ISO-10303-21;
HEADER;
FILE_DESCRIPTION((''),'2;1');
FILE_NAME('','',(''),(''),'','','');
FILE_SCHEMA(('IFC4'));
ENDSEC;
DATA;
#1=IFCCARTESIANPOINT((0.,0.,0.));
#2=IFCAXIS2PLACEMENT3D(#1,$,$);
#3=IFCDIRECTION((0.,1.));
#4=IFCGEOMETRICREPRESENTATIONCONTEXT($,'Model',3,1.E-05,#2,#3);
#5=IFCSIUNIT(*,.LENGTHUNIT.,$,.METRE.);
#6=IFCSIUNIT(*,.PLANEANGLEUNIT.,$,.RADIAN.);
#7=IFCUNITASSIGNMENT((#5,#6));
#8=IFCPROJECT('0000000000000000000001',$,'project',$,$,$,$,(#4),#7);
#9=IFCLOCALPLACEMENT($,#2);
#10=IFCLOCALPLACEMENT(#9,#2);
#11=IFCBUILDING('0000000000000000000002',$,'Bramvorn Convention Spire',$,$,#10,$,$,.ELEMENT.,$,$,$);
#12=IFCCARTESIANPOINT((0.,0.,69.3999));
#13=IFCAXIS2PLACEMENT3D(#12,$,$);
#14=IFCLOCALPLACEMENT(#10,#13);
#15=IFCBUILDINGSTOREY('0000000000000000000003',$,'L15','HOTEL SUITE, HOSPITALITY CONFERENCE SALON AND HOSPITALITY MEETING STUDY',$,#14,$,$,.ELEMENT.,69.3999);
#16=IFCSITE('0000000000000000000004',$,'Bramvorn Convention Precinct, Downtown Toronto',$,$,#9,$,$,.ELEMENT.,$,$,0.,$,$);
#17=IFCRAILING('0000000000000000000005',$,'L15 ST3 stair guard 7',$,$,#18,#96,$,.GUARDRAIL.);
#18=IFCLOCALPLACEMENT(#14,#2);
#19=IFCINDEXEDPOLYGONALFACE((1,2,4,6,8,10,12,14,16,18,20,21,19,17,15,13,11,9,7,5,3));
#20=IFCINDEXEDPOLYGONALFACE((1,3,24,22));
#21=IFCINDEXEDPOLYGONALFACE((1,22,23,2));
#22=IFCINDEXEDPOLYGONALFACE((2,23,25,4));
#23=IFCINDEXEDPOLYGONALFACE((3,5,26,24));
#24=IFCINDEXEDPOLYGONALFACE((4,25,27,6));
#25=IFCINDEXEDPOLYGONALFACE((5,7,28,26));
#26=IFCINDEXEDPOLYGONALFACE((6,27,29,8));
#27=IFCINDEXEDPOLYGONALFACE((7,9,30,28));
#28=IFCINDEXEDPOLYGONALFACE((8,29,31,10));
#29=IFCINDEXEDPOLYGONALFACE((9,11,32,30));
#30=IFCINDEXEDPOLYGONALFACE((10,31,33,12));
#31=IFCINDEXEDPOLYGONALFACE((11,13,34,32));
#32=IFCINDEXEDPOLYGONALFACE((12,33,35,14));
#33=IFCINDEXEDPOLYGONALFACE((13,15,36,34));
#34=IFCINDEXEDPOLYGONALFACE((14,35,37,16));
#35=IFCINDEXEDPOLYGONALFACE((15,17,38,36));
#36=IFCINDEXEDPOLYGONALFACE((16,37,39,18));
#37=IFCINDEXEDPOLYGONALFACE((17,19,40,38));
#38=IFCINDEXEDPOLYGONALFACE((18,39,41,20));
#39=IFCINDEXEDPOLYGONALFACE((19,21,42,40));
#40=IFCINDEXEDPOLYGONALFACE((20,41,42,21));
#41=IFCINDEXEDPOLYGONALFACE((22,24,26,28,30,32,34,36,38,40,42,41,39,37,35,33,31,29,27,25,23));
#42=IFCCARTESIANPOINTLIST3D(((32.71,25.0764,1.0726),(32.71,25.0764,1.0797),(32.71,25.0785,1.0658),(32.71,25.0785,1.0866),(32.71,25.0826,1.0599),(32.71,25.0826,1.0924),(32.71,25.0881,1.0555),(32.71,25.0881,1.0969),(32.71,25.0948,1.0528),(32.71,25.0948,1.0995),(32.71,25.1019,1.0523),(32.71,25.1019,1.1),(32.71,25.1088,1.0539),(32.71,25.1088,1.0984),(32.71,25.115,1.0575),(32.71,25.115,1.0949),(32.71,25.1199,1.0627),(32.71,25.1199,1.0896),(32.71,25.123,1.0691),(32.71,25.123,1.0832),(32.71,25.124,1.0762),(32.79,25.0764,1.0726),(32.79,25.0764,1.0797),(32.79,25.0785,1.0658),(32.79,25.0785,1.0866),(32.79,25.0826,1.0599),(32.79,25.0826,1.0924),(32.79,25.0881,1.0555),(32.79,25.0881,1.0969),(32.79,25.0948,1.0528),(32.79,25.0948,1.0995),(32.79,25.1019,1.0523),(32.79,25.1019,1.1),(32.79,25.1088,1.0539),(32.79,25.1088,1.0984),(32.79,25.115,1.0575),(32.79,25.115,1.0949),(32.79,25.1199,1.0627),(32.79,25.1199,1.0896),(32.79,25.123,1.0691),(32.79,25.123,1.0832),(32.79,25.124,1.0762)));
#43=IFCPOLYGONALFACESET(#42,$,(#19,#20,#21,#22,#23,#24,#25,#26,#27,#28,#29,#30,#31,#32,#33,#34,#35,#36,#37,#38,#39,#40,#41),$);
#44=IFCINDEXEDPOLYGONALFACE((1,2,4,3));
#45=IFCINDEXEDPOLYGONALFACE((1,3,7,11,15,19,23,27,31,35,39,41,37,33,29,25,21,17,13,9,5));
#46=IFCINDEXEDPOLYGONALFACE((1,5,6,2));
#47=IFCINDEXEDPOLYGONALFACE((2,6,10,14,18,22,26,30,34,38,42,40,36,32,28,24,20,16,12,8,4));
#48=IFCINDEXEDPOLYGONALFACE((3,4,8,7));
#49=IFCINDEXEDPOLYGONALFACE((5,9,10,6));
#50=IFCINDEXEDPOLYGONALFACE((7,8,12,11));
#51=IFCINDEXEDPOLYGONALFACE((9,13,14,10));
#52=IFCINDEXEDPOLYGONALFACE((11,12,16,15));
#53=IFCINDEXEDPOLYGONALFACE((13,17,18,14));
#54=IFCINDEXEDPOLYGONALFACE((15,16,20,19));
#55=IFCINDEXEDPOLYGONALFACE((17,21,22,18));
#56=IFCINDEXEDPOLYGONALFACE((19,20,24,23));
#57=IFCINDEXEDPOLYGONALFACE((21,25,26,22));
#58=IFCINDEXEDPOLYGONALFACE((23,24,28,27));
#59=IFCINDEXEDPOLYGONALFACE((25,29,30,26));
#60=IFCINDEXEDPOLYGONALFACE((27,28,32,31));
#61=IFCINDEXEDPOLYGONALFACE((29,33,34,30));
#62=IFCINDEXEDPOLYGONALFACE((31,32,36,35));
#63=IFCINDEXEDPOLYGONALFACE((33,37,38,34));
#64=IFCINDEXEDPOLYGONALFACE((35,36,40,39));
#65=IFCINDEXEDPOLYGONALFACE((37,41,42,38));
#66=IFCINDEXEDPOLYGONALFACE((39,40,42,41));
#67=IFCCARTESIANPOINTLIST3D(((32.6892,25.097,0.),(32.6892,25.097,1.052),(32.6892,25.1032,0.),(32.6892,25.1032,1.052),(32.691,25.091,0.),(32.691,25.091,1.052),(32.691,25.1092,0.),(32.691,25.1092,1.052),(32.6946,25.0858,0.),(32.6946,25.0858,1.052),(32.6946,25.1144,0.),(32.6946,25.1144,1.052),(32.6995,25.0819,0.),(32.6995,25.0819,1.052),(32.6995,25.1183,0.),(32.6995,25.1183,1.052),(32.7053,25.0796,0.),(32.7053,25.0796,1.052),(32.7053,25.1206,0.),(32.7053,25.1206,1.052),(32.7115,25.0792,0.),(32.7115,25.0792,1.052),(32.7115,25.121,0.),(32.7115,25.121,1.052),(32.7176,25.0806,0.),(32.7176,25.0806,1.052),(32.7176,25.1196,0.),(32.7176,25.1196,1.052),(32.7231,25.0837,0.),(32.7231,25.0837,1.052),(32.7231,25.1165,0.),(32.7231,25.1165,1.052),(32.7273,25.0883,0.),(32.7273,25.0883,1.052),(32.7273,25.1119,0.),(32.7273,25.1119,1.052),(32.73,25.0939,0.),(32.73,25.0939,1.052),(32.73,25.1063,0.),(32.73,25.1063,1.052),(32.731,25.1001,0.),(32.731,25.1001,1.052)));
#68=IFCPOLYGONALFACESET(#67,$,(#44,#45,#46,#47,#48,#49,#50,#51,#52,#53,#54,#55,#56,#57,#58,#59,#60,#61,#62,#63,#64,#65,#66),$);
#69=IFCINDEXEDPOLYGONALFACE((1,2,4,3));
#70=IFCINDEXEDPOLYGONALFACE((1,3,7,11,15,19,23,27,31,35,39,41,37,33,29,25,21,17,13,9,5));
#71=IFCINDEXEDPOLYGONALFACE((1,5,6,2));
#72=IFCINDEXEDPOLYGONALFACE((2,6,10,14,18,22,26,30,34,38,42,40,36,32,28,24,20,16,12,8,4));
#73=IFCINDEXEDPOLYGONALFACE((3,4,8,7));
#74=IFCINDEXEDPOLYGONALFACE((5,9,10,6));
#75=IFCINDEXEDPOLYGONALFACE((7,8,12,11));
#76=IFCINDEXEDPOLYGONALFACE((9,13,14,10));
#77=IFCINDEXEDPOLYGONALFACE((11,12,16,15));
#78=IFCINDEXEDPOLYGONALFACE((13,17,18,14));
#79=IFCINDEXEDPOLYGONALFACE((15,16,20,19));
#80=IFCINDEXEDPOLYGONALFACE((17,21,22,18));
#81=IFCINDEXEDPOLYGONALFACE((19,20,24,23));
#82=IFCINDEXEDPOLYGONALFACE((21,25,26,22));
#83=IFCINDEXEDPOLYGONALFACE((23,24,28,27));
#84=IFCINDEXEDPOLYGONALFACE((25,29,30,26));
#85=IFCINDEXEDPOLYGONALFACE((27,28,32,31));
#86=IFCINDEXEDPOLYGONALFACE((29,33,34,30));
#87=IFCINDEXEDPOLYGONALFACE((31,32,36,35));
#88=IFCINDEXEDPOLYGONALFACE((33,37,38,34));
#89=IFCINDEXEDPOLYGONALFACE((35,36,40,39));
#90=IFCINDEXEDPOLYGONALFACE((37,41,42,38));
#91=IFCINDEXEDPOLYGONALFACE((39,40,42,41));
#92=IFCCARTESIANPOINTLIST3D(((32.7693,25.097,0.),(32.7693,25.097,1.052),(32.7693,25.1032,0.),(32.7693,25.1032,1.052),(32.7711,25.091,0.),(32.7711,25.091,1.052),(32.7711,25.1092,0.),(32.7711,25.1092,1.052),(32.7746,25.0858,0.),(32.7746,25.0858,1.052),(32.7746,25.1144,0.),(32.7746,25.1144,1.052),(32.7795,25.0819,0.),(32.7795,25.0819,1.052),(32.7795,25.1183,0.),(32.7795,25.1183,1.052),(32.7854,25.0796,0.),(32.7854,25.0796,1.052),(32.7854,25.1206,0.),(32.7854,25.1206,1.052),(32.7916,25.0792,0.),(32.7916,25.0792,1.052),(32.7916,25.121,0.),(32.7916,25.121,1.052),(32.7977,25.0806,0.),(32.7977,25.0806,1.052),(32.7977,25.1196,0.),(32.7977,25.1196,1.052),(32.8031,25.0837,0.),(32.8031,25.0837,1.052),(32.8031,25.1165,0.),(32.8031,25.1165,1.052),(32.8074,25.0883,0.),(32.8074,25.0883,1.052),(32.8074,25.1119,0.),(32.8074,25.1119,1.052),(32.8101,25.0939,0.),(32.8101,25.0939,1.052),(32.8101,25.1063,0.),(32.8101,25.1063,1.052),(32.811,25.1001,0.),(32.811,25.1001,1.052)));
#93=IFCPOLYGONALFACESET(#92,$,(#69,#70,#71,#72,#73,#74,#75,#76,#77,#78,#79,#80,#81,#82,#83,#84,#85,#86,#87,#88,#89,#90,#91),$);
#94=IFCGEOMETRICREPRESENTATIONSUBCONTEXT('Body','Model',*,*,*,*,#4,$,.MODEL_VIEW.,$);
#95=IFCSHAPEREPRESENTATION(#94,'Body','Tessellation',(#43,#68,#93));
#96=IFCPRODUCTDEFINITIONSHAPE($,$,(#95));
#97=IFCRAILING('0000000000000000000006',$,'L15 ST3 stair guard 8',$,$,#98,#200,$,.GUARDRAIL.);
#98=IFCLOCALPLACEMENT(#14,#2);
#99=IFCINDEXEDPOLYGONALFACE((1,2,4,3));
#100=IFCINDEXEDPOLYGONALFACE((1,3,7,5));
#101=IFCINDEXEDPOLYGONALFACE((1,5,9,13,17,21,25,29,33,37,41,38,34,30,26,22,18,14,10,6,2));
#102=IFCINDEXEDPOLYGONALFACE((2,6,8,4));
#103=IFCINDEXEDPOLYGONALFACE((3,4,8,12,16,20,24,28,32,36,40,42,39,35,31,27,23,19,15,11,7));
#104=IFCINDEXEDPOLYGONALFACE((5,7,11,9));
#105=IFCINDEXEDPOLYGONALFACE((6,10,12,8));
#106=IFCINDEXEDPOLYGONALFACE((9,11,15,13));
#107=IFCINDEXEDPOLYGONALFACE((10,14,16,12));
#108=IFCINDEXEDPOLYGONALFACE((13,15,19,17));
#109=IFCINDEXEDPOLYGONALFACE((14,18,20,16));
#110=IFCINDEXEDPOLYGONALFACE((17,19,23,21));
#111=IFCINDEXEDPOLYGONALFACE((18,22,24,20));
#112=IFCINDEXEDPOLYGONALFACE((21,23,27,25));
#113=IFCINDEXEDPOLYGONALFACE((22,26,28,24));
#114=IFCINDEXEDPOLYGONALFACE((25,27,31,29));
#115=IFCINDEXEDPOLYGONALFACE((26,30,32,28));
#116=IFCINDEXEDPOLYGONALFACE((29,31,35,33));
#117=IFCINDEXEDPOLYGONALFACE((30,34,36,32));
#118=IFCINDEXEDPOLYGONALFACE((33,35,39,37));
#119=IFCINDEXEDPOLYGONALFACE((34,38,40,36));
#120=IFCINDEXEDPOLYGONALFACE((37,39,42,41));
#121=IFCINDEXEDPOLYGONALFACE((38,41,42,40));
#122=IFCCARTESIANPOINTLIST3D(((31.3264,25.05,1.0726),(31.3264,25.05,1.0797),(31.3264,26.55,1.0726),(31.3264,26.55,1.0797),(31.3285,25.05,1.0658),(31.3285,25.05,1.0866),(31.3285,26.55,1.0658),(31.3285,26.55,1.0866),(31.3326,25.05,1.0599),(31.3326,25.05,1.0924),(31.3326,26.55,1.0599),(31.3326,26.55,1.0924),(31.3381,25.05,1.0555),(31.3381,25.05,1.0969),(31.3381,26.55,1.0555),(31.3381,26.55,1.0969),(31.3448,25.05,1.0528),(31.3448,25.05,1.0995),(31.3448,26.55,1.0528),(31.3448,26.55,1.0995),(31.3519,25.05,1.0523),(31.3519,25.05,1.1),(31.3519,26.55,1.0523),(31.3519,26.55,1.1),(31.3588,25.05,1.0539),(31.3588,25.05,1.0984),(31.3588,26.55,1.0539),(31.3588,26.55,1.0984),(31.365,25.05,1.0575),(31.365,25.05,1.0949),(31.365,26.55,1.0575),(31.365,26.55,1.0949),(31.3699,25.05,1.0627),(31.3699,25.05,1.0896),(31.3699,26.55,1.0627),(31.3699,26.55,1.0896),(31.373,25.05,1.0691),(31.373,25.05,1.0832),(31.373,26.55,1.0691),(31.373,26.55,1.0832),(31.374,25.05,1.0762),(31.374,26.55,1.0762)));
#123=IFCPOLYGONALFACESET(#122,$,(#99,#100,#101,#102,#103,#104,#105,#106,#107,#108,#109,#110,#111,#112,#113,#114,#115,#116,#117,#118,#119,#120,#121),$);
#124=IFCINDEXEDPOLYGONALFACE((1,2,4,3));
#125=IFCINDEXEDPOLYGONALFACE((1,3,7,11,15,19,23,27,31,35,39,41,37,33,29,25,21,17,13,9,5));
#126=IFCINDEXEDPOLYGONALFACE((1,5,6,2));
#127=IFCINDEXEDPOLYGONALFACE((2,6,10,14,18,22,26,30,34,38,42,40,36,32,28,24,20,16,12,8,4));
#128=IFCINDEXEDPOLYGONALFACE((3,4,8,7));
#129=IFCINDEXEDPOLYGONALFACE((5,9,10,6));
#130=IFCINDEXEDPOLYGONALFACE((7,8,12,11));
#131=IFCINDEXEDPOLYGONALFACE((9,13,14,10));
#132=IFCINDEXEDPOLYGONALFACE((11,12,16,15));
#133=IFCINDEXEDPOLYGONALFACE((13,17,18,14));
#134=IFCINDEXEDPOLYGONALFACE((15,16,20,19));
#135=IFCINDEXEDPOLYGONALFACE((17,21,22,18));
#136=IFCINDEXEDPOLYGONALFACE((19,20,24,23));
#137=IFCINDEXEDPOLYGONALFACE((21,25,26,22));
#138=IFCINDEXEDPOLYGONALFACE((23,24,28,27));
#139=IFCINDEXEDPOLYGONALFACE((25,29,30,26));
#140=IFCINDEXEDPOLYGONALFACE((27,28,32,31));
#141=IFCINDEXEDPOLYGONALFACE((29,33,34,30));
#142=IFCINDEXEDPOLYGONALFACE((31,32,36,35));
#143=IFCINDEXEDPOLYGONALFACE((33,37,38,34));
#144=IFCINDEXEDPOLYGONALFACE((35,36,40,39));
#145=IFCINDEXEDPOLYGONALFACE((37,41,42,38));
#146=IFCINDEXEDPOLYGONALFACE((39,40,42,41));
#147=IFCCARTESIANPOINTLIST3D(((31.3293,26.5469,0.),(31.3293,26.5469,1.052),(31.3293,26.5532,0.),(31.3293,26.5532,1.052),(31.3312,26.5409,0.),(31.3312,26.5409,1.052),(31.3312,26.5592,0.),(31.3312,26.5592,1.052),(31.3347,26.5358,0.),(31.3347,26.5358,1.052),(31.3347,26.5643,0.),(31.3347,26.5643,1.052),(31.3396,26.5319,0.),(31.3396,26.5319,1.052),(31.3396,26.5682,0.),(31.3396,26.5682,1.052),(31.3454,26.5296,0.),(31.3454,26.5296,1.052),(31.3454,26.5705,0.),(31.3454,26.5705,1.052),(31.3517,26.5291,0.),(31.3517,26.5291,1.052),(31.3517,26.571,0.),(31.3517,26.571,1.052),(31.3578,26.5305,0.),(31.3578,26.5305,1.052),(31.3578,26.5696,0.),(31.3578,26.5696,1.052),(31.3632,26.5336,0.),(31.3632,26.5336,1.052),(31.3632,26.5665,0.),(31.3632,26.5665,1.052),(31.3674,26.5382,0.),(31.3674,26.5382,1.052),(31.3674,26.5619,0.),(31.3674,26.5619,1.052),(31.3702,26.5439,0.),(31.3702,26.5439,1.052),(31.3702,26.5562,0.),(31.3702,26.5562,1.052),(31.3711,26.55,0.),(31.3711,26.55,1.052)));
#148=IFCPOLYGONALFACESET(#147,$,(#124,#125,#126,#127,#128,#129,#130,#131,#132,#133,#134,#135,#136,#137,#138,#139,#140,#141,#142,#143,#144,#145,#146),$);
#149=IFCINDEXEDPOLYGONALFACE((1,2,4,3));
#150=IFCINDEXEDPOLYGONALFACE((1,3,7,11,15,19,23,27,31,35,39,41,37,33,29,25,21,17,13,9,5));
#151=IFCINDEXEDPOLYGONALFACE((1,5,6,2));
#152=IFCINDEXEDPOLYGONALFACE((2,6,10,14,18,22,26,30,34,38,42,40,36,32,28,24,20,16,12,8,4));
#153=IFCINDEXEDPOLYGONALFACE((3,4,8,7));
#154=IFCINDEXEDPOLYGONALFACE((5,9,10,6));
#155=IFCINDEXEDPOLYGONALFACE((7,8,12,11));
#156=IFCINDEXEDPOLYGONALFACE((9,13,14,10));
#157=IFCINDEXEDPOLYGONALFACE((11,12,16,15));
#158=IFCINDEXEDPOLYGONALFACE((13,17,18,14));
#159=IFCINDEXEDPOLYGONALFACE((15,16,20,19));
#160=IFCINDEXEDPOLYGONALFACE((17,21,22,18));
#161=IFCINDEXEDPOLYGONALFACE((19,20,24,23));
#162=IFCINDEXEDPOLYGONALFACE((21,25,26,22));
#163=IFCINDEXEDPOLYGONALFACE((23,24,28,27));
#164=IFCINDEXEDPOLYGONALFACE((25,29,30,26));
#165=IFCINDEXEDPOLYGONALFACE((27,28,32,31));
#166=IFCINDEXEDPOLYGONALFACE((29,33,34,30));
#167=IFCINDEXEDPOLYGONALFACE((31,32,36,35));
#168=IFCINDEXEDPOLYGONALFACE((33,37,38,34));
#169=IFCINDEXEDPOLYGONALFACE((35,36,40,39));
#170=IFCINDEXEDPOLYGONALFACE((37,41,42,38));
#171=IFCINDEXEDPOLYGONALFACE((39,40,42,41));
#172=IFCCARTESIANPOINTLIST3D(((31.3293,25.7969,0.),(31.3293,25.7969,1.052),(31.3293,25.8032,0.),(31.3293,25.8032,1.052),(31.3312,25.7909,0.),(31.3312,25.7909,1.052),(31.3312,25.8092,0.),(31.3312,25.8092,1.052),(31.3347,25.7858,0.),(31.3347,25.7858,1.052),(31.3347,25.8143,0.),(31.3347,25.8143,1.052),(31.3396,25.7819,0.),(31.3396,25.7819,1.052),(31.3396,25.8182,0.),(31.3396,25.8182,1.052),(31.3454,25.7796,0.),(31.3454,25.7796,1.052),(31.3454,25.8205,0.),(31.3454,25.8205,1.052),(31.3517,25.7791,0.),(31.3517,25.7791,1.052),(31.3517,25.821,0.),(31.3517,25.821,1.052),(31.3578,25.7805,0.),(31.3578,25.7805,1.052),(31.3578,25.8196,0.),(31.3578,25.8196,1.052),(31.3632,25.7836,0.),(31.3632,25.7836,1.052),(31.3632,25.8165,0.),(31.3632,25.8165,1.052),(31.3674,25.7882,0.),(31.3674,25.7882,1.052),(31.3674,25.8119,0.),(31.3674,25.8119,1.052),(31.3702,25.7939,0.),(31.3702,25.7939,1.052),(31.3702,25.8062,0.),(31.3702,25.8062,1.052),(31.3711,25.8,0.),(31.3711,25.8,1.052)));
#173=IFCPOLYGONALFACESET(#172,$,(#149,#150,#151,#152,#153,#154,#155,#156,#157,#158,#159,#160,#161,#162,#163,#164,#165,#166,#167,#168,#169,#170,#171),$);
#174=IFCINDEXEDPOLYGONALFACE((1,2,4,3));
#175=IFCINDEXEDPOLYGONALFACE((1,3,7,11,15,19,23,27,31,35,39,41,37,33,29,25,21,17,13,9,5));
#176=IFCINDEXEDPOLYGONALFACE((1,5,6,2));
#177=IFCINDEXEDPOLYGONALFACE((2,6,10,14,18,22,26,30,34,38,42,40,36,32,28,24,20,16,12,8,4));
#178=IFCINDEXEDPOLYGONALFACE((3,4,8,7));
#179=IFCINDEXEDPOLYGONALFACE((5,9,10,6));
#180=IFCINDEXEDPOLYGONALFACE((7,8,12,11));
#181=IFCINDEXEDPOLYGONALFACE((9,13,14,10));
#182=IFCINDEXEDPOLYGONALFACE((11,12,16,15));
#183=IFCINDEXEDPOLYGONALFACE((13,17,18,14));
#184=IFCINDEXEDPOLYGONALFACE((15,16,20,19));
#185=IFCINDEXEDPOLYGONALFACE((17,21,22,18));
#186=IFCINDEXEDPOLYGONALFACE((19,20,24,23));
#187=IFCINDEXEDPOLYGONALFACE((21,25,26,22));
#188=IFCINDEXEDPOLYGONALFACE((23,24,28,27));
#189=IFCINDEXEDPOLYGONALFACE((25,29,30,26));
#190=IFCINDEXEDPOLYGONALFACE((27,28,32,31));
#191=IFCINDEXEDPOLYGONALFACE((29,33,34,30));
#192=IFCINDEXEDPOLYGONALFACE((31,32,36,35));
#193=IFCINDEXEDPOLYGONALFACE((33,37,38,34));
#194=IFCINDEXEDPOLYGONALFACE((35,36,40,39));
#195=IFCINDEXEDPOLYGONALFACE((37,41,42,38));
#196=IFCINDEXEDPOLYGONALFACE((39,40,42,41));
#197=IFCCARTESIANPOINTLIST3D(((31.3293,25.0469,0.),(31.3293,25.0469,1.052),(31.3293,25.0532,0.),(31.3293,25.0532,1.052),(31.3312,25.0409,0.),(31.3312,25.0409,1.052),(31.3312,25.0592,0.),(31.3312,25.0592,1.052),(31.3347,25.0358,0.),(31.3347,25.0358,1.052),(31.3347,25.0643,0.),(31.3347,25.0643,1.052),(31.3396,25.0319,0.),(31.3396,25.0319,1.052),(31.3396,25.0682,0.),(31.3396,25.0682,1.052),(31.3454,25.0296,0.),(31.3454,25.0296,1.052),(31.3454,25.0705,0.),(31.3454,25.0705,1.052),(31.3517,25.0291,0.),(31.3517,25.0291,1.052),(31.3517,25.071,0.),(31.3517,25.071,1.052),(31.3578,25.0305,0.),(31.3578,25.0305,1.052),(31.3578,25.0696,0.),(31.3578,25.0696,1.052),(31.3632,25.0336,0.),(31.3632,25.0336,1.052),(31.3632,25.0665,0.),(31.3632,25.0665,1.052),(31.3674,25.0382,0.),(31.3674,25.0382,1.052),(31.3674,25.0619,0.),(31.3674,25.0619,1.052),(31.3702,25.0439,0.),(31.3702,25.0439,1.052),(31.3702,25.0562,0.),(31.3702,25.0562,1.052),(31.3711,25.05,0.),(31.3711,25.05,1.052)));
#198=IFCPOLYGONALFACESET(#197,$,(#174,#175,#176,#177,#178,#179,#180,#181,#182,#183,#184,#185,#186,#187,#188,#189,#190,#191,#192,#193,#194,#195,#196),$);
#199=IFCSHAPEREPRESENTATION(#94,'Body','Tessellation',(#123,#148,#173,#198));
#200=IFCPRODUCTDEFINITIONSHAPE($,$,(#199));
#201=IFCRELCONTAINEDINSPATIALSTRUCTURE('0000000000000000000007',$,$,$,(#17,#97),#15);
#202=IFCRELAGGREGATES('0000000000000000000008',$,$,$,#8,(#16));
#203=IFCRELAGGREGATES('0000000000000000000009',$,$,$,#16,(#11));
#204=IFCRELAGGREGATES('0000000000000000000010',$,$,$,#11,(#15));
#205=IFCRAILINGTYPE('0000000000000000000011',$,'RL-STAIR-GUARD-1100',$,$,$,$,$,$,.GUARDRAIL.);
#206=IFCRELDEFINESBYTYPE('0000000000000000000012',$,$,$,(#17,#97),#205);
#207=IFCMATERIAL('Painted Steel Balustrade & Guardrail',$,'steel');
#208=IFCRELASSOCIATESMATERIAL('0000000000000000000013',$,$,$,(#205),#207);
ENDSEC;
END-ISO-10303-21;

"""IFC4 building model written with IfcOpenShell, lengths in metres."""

from ifc_helpers import new_model, si_unit, direction, frame, origin, origin_2d, place, context, subcontext, project, spatial, circle, extrude, material, type_object, element, save


model = new_model("IFC4")

# Units and contexts
model_context = context("Model", 3, precision=1e-05, world=origin(), true_north=direction((0.0, 1.0)))
body_context = subcontext(model_context, "Body", "Model", "MODEL_VIEW")
ifc_project = project(units=[si_unit("LENGTHUNIT", "METRE"), si_unit("PLANEANGLEUNIT", "RADIAN")], contexts=[model_context])

# Site, building, storey
site_placement = place(None, origin())
site = spatial("IfcSite", under=ifc_project, at=site_placement, Name="Bramvorn Convention Precinct, Downtown Toronto", CompositionType="ELEMENT", RefElevation=0.0)
building_placement = place(site_placement, origin())
building = spatial("IfcBuilding", under=site, at=building_placement, Name="Bramvorn Convention Spire", CompositionType="ELEMENT")
storey_placement = place(building_placement, frame((0.0, 0.0, 69.3999)))
storey = spatial("IfcBuildingStorey", under=building, at=storey_placement, Name="L15", Description="HOTEL SUITE, HOSPITALITY CONFERENCE SALON AND HOSPITALITY MEETING STUDY", CompositionType="ELEMENT", Elevation=69.3999)

# Railings
ifc_material_1 = material(Name="Painted Steel Balustrade & Guardrail", Category="steel")
railing_type_1 = type_object("IfcRailingType", Name="RL-STAIR-GUARD-1100", PredefinedType="GUARDRAIL", material=ifc_material_1)
railing_1_placement = place(storey_placement, frame((32.71, 25.1001, 0.0)))
element("IfcRailing", 1, at=railing_1_placement, inside=storey, type_object=railing_type_1, Name="L15 ST3 stair guard 7", PredefinedType="GUARDRAIL", context=body_context, shape_type="SweptSolid", body=[
    extrude(circle(Radius=0.0239, at=origin_2d()), frame((0.0, 0.0, 1.0762), z_axis=(1.0, 0.0, 0.0), x_axis=(0.0, 1.0, 0.0)), (0.0, 0.0, 1.0), 0.0801),
    extrude(circle(Radius=0.021, at=origin_2d()), origin(), (0.0, 0.0, 1.0), 1.052),
    extrude(circle(Radius=0.021, at=origin_2d()), frame((0.0801, 0.0, 0.0)), (0.0, 0.0, 1.0), 1.052),
])
railing_2_placement = place(storey_placement, frame((31.3501, 26.55, 0.0)))
element("IfcRailing", 2, at=railing_2_placement, inside=storey, type_object=railing_type_1, Name="L15 ST3 stair guard 8", PredefinedType="GUARDRAIL", context=body_context, shape_type="SweptSolid", body=[
    extrude(circle(Radius=0.0239, at=origin_2d()), frame((0.0, 0.0, 1.0762), z_axis=(0.0, -1.0, 0.0), x_axis=(1.0, 0.0, 0.0)), (0.0, 0.0, 1.0), 1.5),
    extrude(circle(Radius=0.021, at=origin_2d()), origin(), (0.0, 0.0, 1.0), 1.052),
    extrude(circle(Radius=0.021, at=origin_2d()), frame((0.0, -0.75, 0.0)), (0.0, 0.0, 1.0), 1.052),
    extrude(circle(Radius=0.021, at=origin_2d()), frame((0.0, -1.5, 0.0)), (0.0, 0.0, 1.0), 1.052),
])

save(model, "model.ifc")
